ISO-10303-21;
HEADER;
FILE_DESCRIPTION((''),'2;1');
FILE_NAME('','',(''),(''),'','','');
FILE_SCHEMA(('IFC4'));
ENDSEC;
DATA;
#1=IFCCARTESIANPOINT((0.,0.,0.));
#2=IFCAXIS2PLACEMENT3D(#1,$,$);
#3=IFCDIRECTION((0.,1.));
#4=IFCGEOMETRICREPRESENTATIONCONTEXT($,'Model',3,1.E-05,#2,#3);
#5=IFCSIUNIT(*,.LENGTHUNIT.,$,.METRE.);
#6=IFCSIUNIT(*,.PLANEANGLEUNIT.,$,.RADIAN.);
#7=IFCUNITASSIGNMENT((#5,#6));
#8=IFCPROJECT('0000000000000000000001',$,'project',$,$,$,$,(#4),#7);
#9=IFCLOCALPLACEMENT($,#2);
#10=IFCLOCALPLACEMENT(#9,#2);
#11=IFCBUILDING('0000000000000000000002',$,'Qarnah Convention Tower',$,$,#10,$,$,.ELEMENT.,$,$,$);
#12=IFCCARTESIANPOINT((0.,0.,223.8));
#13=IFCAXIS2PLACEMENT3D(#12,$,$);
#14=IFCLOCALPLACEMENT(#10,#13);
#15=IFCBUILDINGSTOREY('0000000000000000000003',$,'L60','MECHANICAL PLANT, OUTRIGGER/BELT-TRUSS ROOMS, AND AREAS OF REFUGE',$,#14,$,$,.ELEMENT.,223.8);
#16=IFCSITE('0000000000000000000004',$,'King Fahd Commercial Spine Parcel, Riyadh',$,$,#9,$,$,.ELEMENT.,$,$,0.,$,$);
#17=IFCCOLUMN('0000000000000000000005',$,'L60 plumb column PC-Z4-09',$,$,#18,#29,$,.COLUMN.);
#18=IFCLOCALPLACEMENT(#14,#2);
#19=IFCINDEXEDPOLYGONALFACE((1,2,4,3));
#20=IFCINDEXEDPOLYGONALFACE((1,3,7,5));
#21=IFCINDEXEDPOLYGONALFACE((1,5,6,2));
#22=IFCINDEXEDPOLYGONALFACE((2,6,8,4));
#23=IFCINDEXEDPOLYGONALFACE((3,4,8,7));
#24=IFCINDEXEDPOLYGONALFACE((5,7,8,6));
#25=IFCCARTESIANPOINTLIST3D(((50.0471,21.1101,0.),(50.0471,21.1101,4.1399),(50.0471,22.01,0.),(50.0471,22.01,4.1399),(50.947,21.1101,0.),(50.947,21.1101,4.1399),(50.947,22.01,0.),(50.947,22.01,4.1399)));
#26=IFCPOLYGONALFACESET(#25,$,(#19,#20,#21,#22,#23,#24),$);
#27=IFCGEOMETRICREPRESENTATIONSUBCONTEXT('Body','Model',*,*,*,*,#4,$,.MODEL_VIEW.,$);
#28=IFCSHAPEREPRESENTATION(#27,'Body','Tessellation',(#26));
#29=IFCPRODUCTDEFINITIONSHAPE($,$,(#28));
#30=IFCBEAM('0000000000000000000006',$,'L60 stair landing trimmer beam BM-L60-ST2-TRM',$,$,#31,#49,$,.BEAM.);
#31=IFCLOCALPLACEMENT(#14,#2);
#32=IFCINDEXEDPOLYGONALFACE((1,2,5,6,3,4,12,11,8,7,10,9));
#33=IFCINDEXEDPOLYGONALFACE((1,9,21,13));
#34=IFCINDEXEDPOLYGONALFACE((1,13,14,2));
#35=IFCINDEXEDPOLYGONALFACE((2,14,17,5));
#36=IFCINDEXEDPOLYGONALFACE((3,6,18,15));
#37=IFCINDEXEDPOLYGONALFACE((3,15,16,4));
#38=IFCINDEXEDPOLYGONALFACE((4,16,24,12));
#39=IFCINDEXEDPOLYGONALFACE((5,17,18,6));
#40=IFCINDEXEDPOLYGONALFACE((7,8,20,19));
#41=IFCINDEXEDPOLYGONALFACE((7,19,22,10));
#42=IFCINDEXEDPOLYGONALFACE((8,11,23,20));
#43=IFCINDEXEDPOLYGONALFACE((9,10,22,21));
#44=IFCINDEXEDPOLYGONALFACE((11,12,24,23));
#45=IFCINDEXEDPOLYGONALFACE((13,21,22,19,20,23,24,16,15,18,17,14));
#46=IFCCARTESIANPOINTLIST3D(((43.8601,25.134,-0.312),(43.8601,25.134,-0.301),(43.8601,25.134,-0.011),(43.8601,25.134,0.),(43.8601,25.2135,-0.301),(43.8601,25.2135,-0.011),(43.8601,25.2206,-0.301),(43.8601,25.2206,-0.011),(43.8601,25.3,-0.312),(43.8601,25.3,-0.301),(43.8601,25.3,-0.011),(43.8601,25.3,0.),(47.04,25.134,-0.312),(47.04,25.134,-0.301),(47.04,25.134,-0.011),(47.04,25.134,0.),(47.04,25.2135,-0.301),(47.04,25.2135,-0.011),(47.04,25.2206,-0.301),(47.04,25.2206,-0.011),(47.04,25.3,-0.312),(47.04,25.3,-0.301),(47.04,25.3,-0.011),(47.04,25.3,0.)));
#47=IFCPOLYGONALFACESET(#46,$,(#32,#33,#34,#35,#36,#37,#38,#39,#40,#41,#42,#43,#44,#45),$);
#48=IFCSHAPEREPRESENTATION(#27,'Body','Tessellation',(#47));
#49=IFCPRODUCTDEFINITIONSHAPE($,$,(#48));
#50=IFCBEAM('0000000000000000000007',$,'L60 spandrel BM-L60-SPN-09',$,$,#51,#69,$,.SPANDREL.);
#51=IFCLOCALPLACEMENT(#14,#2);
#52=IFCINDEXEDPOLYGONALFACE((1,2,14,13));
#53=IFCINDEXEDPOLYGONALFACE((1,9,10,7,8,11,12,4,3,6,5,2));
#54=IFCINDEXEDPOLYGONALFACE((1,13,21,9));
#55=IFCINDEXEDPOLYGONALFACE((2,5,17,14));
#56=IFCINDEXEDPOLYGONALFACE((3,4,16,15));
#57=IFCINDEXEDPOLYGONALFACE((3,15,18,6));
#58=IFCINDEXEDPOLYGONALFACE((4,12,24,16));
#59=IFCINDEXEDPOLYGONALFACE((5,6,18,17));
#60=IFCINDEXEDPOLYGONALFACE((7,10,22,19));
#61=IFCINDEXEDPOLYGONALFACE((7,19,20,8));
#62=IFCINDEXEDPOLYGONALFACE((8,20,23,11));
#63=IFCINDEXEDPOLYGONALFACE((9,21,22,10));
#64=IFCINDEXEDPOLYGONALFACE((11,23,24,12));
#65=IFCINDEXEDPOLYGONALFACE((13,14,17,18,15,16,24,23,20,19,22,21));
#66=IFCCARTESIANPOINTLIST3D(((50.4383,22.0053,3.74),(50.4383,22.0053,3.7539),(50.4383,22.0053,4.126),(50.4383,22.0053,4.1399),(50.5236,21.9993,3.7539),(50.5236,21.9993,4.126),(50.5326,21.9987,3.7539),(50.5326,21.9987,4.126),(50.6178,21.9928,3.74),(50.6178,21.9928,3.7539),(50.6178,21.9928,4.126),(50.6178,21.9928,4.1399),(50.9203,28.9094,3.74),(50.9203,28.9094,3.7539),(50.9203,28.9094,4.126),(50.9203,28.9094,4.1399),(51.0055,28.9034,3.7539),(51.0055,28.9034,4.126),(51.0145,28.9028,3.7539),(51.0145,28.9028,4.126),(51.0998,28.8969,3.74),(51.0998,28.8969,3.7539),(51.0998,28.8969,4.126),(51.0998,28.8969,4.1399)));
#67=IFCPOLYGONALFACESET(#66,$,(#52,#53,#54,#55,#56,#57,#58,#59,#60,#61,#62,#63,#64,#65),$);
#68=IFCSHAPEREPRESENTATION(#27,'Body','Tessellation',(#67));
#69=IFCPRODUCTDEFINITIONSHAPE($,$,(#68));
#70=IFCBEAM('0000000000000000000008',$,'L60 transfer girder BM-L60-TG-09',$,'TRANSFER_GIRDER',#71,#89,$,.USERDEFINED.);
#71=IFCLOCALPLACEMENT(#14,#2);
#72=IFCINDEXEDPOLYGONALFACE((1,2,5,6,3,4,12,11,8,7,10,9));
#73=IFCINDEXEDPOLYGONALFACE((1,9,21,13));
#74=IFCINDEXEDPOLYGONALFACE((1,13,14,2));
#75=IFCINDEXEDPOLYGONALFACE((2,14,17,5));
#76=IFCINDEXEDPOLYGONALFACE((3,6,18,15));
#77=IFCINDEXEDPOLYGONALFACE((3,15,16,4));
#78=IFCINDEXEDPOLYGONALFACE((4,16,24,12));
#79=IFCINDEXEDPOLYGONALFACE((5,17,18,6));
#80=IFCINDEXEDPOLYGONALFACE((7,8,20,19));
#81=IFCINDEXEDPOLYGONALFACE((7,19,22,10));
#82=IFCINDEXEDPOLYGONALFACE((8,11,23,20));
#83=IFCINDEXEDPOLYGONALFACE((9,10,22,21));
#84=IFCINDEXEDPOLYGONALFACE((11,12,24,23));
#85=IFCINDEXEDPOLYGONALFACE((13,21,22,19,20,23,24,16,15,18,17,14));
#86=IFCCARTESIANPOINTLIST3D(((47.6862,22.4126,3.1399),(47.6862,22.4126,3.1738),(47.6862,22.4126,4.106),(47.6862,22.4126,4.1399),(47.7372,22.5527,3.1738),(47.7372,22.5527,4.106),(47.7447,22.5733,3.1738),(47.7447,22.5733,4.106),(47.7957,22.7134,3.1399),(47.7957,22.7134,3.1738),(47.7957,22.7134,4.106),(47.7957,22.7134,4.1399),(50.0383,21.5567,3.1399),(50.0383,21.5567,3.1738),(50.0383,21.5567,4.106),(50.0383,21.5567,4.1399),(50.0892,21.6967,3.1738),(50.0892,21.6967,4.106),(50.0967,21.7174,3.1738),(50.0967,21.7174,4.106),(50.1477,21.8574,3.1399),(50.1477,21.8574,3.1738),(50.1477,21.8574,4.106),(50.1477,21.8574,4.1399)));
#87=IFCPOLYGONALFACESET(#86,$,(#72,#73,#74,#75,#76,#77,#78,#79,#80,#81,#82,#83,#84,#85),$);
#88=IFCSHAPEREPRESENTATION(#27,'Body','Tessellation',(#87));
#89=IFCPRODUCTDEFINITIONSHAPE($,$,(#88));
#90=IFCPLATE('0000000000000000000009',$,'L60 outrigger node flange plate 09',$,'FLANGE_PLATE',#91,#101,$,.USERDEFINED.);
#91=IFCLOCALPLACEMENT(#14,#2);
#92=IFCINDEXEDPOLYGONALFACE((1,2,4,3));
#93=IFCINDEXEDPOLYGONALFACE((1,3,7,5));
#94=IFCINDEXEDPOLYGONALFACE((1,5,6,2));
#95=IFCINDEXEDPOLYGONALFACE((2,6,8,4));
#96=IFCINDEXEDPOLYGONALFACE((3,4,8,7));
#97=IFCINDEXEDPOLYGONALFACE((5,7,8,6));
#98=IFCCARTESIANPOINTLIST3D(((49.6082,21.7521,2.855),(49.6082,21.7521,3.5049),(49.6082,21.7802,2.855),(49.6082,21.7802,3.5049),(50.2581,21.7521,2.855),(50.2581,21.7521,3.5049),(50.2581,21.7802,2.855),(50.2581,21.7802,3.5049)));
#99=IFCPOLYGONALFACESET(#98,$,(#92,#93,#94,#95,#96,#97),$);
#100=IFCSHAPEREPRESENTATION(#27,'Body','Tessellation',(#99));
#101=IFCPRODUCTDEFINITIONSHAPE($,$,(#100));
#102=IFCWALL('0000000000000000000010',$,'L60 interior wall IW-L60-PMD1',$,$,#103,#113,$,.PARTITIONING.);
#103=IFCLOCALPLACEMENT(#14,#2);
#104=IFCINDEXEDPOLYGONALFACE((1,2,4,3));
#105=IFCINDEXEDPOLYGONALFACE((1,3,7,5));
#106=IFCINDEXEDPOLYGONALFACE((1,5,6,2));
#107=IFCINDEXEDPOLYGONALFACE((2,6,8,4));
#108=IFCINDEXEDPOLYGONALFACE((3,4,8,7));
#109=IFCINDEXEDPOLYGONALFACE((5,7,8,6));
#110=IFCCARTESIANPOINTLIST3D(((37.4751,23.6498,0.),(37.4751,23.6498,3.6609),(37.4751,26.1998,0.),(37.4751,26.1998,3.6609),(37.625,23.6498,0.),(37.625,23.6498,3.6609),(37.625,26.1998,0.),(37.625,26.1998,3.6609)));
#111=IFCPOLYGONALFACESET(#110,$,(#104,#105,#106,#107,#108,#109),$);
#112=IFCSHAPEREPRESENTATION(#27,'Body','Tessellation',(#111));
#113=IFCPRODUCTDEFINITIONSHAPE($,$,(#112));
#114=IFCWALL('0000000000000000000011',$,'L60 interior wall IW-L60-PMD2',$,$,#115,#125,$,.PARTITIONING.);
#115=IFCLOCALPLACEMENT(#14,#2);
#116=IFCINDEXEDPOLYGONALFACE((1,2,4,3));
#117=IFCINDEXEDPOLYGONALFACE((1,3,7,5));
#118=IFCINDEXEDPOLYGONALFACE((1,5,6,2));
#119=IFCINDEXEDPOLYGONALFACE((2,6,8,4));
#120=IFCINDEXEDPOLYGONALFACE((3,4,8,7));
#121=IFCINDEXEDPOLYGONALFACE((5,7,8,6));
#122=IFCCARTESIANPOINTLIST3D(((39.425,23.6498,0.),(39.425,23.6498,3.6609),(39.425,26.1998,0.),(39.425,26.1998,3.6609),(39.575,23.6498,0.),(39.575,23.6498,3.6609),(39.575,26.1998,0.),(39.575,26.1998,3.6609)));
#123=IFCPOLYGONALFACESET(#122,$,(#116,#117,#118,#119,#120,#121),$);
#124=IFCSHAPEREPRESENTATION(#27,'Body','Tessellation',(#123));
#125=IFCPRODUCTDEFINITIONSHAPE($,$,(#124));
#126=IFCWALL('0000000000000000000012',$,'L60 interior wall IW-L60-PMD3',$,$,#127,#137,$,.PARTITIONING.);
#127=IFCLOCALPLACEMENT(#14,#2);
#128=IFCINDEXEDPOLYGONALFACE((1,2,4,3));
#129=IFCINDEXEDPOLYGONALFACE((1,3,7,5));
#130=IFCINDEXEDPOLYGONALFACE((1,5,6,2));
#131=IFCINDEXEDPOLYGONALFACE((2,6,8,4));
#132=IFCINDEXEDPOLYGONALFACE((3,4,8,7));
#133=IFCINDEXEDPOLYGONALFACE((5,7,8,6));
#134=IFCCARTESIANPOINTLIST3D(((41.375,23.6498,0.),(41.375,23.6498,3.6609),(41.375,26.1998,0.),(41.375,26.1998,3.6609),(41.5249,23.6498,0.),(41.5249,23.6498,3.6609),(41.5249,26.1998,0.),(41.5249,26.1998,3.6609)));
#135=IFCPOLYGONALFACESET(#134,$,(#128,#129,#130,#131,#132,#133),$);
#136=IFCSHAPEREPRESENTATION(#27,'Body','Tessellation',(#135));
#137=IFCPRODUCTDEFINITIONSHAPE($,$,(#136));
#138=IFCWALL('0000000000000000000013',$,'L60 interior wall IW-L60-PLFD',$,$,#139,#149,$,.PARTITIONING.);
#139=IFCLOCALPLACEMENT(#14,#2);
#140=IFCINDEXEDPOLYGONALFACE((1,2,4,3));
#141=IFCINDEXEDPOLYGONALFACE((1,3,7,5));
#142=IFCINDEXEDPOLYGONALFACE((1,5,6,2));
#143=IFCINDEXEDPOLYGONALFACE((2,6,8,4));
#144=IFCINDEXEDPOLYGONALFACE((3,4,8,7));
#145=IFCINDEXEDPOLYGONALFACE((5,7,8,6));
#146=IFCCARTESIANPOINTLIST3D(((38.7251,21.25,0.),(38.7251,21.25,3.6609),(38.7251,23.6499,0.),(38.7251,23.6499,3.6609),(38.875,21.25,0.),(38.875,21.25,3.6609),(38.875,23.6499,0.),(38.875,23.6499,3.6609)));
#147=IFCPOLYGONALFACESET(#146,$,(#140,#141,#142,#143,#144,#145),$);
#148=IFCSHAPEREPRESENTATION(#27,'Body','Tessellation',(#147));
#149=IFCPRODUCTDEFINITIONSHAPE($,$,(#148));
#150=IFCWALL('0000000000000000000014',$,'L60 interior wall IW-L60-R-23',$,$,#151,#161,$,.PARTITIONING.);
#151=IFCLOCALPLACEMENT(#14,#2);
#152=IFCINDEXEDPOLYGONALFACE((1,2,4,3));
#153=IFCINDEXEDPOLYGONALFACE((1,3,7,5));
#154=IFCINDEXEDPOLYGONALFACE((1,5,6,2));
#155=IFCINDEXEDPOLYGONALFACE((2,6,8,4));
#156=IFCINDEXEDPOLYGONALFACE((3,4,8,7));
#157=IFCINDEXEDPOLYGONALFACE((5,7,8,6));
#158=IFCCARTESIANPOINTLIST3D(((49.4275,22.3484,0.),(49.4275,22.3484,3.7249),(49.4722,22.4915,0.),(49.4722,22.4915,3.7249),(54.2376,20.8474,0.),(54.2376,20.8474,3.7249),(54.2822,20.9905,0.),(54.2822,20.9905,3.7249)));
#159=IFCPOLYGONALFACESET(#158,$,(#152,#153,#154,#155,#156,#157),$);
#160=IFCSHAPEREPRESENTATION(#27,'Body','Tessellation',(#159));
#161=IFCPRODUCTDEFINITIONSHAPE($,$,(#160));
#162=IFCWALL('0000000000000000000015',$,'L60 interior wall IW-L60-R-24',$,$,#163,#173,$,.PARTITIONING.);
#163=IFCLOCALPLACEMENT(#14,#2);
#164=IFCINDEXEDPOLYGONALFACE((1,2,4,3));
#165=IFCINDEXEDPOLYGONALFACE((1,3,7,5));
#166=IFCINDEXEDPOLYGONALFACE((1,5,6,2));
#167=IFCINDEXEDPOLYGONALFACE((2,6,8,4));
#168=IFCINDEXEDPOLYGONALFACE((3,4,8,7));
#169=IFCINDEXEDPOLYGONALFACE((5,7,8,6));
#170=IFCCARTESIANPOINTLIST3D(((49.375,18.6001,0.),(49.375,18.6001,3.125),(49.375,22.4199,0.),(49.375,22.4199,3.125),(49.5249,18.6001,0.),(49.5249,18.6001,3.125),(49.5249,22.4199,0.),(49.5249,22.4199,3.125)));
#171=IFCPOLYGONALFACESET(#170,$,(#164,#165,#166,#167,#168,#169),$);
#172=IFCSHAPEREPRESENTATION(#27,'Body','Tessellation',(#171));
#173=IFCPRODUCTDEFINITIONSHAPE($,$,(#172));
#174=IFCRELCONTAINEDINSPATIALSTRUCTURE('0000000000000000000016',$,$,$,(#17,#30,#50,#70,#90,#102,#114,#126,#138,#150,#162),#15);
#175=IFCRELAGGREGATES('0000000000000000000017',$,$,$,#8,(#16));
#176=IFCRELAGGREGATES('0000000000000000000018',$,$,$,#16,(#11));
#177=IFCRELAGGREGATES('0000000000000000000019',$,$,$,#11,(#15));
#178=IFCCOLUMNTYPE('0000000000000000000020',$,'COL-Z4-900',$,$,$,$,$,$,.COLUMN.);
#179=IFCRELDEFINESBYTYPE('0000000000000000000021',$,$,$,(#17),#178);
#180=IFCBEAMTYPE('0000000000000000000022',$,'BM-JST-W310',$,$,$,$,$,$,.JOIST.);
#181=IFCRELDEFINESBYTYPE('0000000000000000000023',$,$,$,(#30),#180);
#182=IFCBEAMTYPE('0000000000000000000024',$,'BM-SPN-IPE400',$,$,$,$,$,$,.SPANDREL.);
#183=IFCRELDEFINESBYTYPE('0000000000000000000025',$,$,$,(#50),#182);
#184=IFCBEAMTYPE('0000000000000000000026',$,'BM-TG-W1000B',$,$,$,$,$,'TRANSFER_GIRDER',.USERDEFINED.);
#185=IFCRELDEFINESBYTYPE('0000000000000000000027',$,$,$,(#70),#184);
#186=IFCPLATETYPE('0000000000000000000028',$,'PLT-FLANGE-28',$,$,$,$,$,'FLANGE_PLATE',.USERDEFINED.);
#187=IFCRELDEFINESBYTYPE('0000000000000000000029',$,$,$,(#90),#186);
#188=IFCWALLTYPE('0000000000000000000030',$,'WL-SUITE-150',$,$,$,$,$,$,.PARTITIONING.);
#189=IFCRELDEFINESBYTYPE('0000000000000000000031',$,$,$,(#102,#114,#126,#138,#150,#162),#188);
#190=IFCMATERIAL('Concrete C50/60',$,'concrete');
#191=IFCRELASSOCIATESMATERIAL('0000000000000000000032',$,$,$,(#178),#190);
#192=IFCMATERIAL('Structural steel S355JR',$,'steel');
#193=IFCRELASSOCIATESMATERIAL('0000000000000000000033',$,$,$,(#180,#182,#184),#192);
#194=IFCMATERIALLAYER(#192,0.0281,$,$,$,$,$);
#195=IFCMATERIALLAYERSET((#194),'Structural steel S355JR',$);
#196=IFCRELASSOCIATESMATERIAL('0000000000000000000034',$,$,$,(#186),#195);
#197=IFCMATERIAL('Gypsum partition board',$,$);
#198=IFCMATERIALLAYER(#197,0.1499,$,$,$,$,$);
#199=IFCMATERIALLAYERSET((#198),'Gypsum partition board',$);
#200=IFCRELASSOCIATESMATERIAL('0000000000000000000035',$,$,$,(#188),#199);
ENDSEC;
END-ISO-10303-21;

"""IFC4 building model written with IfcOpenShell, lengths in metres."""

from ifc_helpers import new_model, si_unit, direction, frame, frame_2d, origin, origin_2d, place, context, subcontext, project, spatial, rectangle, i_section, extrude, material, layer, layer_set, material_profile, profile_set, type_object, element, save


model = new_model("IFC4")

# Units and contexts
model_context = context("Model", 3, precision=1e-05, world=origin(), true_north=direction((0.0, 1.0)))
body_context = subcontext(model_context, "Body", "Model", "MODEL_VIEW")
ifc_project = project(units=[si_unit("LENGTHUNIT", "METRE"), si_unit("PLANEANGLEUNIT", "RADIAN")], contexts=[model_context])

# Site, building, storey
site_placement = place(None, origin())
site = spatial("IfcSite", under=ifc_project, at=site_placement, Name="King Fahd Commercial Spine Parcel, Riyadh", CompositionType="ELEMENT", RefElevation=0.0)
building_placement = place(site_placement, origin())
building = spatial("IfcBuilding", under=site, at=building_placement, Name="Qarnah Convention Tower", CompositionType="ELEMENT")
storey_placement = place(building_placement, frame((0.0, 0.0, 223.8)))
storey = spatial("IfcBuildingStorey", under=building, at=storey_placement, Name="L60", Description="MECHANICAL PLANT, OUTRIGGER/BELT-TRUSS ROOMS, AND AREAS OF REFUGE", CompositionType="ELEMENT", Elevation=223.8)

# Column
ifc_material_1 = material(Name="Concrete C50/60", Category="concrete")
ifc_material_profile_1 = material_profile(ifc_material_1, rectangle(XDim=0.8999, YDim=0.8999, at=origin_2d()), Name="RC-COL-900X900")
ifc_profile_set_1 = profile_set([ifc_material_profile_1], Name="Concrete C50/60")
column_type = type_object("IfcColumnType", Name="COL-Z4-900", PredefinedType="COLUMN", material=ifc_profile_set_1)
column_placement = place(storey_placement, frame((50.4971, 21.5601, 0.0), z_axis=(0.0, 0.0, 1.0), x_axis=(1.0, 0.0, 0.0)))
element("IfcColumn", 1, at=column_placement, inside=storey, type_object=column_type, Name="L60 plumb column PC-Z4-09", PredefinedType="COLUMN", context=body_context, shape_type="SweptSolid", body=[
    extrude(rectangle(XDim=0.8999, YDim=0.8999, at=origin_2d()), origin(), (0.0, 0.0, 1.0), 4.1399),
])

# Beams
ifc_material_2 = material(Name="Structural steel S355JR", Category="steel")
ifc_material_profile_2 = material_profile(ifc_material_2, i_section(OverallWidth=0.166, OverallDepth=0.312, WebThickness=0.0071, FlangeThickness=0.011, at=origin_2d()), Name="W310X45")
ifc_profile_set_2 = profile_set([ifc_material_profile_2], Name="Structural steel S355JR")
beam_type_1 = type_object("IfcBeamType", Name="BM-JST-W310", PredefinedType="JOIST", material=ifc_profile_set_2)
beam_1_placement = place(storey_placement, frame((43.8601, 25.217, -0.156), z_axis=(1.0, 0.0, 0.0), x_axis=(0.0, 1.0, 0.0)))
element("IfcBeam", 2, at=beam_1_placement, inside=storey, type_object=beam_type_1, Name="L60 stair landing trimmer beam BM-L60-ST2-TRM", PredefinedType="BEAM", context=body_context, shape_type="SweptSolid", body=[
    extrude(i_section(OverallWidth=0.166, OverallDepth=0.312, WebThickness=0.0071, FlangeThickness=0.011, at=origin_2d()), origin(), (0.0, 0.0, 1.0), 3.1799),
])
ifc_material_profile_3 = material_profile(ifc_material_2, i_section(OverallWidth=0.1799, OverallDepth=0.3999, WebThickness=0.009, FlangeThickness=0.0139, at=origin_2d()), Name="IPE400")
ifc_profile_set_3 = profile_set([ifc_material_profile_3], Name="Structural steel S355JR")
beam_type_2 = type_object("IfcBeamType", Name="BM-SPN-IPE400", PredefinedType="SPANDREL", material=ifc_profile_set_3)
beam_2_placement = place(storey_placement, frame((50.5281, 21.999, 3.9399), z_axis=(0.069635, 0.997573, 0.0), x_axis=(-0.997573, 0.069635, 0.0)))
element("IfcBeam", 3, at=beam_2_placement, inside=storey, type_object=beam_type_2, Name="L60 spandrel BM-L60-SPN-09", PredefinedType="SPANDREL", context=body_context, shape_type="SweptSolid", body=[
    extrude(i_section(OverallWidth=0.1799, OverallDepth=0.3999, WebThickness=0.009, FlangeThickness=0.0139, at=origin_2d()), origin(), (0.0, 0.0, 1.0), 6.9209),
])
ifc_material_profile_4 = material_profile(ifc_material_2, i_section(OverallWidth=0.3201, OverallDepth=1.0, WebThickness=0.022, FlangeThickness=0.0339, at=origin_2d()), Name="W1000X371")
ifc_profile_set_4 = profile_set([ifc_material_profile_4], Name="Structural steel S355JR")
beam_type_3 = type_object("IfcBeamType", Name="BM-TG-W1000B", ElementType="TRANSFER_GIRDER", PredefinedType="USERDEFINED", material=ifc_profile_set_4)
beam_3_placement = place(storey_placement, frame((47.741, 22.563, 3.6399), z_axis=(0.939708, -0.341978, 0.0), x_axis=(0.341978, 0.939708, 0.0)))
element("IfcBeam", 4, at=beam_3_placement, inside=storey, type_object=beam_type_3, Name="L60 transfer girder BM-L60-TG-09", ObjectType="TRANSFER_GIRDER", PredefinedType="USERDEFINED", context=body_context, shape_type="SweptSolid", body=[
    extrude(i_section(OverallWidth=0.3201, OverallDepth=1.0, WebThickness=0.022, FlangeThickness=0.0339, at=origin_2d()), origin(), (0.0, 0.0, 1.0), 2.5029),
])

# Plate
ifc_layer_1 = layer(ifc_material_2, 0.0281)
ifc_layer_set_1 = layer_set([ifc_layer_1], Name="Structural steel S355JR")
plate_type = type_object("IfcPlateType", Name="PLT-FLANGE-28", ElementType="FLANGE_PLATE", PredefinedType="USERDEFINED", material=ifc_layer_set_1)
plate_placement = place(storey_placement, frame((49.9331, 21.7661, 2.855), z_axis=(0.0, 0.0, 1.0), x_axis=(1.0, 0.0, 0.0)))
element("IfcPlate", 5, at=plate_placement, inside=storey, type_object=plate_type, Name="L60 outrigger node flange plate 09", ObjectType="FLANGE_PLATE", PredefinedType="USERDEFINED", context=body_context, shape_type="SweptSolid", body=[
    extrude(rectangle(XDim=0.6499, YDim=0.0281, at=origin_2d()), origin(), (0.0, 0.0, 1.0), 0.6499),
])

# Walls
ifc_material_3 = material(Name="Gypsum partition board")
ifc_layer_2 = layer(ifc_material_3, 0.1499)
ifc_layer_set_2 = layer_set([ifc_layer_2], Name="Gypsum partition board")
wall_type = type_object("IfcWallType", Name="WL-SUITE-150", PredefinedType="PARTITIONING", material=ifc_layer_set_2)
for number, where, z_axis, x_axis, name in (
    (6, (37.55, 23.6499, 0.0), (0.0, 0.0, 1.0), (0.0, 1.0, 0.0), "L60 interior wall IW-L60-PMD1"),
    (7, (39.5, 23.6499, 0.0), (0.0, 0.0, 1.0), (0.0, 1.0, 0.0), "L60 interior wall IW-L60-PMD2"),
    (8, (41.45, 23.6499, 0.0), (0.0, 0.0, 1.0), (0.0, 1.0, 0.0), "L60 interior wall IW-L60-PMD3"),
):
    element("IfcWall", number, at=place(storey_placement, frame(where, z_axis=z_axis, x_axis=x_axis)), inside=storey, type_object=wall_type, Name=name, PredefinedType="PARTITIONING", context=body_context, shape_type="SweptSolid", body=[
        extrude(rectangle(XDim=2.55, YDim=0.1499, at=frame_2d((1.2749, 0.0))), origin(), (0.0, 0.0, 1.0), 3.6609),
    ])
wall_1_placement = place(storey_placement, frame((38.8, 21.25, 0.0), z_axis=(0.0, 0.0, 1.0), x_axis=(0.0, 1.0, 0.0)))
element("IfcWall", 9, at=wall_1_placement, inside=storey, type_object=wall_type, Name="L60 interior wall IW-L60-PLFD", PredefinedType="PARTITIONING", context=body_context, shape_type="SweptSolid", body=[
    extrude(rectangle(XDim=2.3999, YDim=0.1499, at=frame_2d((1.2, 0.0))), origin(), (0.0, 0.0, 1.0), 3.6609),
])
wall_2_placement = place(storey_placement, frame((54.26, 20.9189, 0.0), z_axis=(0.0, 0.0, 1.0), x_axis=(-0.954602, 0.297883, 0.0)))
element("IfcWall", 10, at=wall_2_placement, inside=storey, type_object=wall_type, Name="L60 interior wall IW-L60-R-23", PredefinedType="PARTITIONING", context=body_context, shape_type="SweptSolid", body=[
    extrude(rectangle(XDim=5.0388, YDim=0.1499, at=frame_2d((2.5195, 0.0))), origin(), (0.0, 0.0, 1.0), 3.7249),
])
wall_3_placement = place(storey_placement, frame((49.45, 22.4199, 0.0), z_axis=(0.0, 0.0, 1.0), x_axis=(0.0, -1.0, 0.0)))
element("IfcWall", 11, at=wall_3_placement, inside=storey, type_object=wall_type, Name="L60 interior wall IW-L60-R-24", PredefinedType="PARTITIONING", context=body_context, shape_type="SweptSolid", body=[
    extrude(rectangle(XDim=3.8198, YDim=0.1499, at=frame_2d((1.9099, 0.0))), origin(), (0.0, 0.0, 1.0), 3.125),
])

save(model, "model.ifc")
